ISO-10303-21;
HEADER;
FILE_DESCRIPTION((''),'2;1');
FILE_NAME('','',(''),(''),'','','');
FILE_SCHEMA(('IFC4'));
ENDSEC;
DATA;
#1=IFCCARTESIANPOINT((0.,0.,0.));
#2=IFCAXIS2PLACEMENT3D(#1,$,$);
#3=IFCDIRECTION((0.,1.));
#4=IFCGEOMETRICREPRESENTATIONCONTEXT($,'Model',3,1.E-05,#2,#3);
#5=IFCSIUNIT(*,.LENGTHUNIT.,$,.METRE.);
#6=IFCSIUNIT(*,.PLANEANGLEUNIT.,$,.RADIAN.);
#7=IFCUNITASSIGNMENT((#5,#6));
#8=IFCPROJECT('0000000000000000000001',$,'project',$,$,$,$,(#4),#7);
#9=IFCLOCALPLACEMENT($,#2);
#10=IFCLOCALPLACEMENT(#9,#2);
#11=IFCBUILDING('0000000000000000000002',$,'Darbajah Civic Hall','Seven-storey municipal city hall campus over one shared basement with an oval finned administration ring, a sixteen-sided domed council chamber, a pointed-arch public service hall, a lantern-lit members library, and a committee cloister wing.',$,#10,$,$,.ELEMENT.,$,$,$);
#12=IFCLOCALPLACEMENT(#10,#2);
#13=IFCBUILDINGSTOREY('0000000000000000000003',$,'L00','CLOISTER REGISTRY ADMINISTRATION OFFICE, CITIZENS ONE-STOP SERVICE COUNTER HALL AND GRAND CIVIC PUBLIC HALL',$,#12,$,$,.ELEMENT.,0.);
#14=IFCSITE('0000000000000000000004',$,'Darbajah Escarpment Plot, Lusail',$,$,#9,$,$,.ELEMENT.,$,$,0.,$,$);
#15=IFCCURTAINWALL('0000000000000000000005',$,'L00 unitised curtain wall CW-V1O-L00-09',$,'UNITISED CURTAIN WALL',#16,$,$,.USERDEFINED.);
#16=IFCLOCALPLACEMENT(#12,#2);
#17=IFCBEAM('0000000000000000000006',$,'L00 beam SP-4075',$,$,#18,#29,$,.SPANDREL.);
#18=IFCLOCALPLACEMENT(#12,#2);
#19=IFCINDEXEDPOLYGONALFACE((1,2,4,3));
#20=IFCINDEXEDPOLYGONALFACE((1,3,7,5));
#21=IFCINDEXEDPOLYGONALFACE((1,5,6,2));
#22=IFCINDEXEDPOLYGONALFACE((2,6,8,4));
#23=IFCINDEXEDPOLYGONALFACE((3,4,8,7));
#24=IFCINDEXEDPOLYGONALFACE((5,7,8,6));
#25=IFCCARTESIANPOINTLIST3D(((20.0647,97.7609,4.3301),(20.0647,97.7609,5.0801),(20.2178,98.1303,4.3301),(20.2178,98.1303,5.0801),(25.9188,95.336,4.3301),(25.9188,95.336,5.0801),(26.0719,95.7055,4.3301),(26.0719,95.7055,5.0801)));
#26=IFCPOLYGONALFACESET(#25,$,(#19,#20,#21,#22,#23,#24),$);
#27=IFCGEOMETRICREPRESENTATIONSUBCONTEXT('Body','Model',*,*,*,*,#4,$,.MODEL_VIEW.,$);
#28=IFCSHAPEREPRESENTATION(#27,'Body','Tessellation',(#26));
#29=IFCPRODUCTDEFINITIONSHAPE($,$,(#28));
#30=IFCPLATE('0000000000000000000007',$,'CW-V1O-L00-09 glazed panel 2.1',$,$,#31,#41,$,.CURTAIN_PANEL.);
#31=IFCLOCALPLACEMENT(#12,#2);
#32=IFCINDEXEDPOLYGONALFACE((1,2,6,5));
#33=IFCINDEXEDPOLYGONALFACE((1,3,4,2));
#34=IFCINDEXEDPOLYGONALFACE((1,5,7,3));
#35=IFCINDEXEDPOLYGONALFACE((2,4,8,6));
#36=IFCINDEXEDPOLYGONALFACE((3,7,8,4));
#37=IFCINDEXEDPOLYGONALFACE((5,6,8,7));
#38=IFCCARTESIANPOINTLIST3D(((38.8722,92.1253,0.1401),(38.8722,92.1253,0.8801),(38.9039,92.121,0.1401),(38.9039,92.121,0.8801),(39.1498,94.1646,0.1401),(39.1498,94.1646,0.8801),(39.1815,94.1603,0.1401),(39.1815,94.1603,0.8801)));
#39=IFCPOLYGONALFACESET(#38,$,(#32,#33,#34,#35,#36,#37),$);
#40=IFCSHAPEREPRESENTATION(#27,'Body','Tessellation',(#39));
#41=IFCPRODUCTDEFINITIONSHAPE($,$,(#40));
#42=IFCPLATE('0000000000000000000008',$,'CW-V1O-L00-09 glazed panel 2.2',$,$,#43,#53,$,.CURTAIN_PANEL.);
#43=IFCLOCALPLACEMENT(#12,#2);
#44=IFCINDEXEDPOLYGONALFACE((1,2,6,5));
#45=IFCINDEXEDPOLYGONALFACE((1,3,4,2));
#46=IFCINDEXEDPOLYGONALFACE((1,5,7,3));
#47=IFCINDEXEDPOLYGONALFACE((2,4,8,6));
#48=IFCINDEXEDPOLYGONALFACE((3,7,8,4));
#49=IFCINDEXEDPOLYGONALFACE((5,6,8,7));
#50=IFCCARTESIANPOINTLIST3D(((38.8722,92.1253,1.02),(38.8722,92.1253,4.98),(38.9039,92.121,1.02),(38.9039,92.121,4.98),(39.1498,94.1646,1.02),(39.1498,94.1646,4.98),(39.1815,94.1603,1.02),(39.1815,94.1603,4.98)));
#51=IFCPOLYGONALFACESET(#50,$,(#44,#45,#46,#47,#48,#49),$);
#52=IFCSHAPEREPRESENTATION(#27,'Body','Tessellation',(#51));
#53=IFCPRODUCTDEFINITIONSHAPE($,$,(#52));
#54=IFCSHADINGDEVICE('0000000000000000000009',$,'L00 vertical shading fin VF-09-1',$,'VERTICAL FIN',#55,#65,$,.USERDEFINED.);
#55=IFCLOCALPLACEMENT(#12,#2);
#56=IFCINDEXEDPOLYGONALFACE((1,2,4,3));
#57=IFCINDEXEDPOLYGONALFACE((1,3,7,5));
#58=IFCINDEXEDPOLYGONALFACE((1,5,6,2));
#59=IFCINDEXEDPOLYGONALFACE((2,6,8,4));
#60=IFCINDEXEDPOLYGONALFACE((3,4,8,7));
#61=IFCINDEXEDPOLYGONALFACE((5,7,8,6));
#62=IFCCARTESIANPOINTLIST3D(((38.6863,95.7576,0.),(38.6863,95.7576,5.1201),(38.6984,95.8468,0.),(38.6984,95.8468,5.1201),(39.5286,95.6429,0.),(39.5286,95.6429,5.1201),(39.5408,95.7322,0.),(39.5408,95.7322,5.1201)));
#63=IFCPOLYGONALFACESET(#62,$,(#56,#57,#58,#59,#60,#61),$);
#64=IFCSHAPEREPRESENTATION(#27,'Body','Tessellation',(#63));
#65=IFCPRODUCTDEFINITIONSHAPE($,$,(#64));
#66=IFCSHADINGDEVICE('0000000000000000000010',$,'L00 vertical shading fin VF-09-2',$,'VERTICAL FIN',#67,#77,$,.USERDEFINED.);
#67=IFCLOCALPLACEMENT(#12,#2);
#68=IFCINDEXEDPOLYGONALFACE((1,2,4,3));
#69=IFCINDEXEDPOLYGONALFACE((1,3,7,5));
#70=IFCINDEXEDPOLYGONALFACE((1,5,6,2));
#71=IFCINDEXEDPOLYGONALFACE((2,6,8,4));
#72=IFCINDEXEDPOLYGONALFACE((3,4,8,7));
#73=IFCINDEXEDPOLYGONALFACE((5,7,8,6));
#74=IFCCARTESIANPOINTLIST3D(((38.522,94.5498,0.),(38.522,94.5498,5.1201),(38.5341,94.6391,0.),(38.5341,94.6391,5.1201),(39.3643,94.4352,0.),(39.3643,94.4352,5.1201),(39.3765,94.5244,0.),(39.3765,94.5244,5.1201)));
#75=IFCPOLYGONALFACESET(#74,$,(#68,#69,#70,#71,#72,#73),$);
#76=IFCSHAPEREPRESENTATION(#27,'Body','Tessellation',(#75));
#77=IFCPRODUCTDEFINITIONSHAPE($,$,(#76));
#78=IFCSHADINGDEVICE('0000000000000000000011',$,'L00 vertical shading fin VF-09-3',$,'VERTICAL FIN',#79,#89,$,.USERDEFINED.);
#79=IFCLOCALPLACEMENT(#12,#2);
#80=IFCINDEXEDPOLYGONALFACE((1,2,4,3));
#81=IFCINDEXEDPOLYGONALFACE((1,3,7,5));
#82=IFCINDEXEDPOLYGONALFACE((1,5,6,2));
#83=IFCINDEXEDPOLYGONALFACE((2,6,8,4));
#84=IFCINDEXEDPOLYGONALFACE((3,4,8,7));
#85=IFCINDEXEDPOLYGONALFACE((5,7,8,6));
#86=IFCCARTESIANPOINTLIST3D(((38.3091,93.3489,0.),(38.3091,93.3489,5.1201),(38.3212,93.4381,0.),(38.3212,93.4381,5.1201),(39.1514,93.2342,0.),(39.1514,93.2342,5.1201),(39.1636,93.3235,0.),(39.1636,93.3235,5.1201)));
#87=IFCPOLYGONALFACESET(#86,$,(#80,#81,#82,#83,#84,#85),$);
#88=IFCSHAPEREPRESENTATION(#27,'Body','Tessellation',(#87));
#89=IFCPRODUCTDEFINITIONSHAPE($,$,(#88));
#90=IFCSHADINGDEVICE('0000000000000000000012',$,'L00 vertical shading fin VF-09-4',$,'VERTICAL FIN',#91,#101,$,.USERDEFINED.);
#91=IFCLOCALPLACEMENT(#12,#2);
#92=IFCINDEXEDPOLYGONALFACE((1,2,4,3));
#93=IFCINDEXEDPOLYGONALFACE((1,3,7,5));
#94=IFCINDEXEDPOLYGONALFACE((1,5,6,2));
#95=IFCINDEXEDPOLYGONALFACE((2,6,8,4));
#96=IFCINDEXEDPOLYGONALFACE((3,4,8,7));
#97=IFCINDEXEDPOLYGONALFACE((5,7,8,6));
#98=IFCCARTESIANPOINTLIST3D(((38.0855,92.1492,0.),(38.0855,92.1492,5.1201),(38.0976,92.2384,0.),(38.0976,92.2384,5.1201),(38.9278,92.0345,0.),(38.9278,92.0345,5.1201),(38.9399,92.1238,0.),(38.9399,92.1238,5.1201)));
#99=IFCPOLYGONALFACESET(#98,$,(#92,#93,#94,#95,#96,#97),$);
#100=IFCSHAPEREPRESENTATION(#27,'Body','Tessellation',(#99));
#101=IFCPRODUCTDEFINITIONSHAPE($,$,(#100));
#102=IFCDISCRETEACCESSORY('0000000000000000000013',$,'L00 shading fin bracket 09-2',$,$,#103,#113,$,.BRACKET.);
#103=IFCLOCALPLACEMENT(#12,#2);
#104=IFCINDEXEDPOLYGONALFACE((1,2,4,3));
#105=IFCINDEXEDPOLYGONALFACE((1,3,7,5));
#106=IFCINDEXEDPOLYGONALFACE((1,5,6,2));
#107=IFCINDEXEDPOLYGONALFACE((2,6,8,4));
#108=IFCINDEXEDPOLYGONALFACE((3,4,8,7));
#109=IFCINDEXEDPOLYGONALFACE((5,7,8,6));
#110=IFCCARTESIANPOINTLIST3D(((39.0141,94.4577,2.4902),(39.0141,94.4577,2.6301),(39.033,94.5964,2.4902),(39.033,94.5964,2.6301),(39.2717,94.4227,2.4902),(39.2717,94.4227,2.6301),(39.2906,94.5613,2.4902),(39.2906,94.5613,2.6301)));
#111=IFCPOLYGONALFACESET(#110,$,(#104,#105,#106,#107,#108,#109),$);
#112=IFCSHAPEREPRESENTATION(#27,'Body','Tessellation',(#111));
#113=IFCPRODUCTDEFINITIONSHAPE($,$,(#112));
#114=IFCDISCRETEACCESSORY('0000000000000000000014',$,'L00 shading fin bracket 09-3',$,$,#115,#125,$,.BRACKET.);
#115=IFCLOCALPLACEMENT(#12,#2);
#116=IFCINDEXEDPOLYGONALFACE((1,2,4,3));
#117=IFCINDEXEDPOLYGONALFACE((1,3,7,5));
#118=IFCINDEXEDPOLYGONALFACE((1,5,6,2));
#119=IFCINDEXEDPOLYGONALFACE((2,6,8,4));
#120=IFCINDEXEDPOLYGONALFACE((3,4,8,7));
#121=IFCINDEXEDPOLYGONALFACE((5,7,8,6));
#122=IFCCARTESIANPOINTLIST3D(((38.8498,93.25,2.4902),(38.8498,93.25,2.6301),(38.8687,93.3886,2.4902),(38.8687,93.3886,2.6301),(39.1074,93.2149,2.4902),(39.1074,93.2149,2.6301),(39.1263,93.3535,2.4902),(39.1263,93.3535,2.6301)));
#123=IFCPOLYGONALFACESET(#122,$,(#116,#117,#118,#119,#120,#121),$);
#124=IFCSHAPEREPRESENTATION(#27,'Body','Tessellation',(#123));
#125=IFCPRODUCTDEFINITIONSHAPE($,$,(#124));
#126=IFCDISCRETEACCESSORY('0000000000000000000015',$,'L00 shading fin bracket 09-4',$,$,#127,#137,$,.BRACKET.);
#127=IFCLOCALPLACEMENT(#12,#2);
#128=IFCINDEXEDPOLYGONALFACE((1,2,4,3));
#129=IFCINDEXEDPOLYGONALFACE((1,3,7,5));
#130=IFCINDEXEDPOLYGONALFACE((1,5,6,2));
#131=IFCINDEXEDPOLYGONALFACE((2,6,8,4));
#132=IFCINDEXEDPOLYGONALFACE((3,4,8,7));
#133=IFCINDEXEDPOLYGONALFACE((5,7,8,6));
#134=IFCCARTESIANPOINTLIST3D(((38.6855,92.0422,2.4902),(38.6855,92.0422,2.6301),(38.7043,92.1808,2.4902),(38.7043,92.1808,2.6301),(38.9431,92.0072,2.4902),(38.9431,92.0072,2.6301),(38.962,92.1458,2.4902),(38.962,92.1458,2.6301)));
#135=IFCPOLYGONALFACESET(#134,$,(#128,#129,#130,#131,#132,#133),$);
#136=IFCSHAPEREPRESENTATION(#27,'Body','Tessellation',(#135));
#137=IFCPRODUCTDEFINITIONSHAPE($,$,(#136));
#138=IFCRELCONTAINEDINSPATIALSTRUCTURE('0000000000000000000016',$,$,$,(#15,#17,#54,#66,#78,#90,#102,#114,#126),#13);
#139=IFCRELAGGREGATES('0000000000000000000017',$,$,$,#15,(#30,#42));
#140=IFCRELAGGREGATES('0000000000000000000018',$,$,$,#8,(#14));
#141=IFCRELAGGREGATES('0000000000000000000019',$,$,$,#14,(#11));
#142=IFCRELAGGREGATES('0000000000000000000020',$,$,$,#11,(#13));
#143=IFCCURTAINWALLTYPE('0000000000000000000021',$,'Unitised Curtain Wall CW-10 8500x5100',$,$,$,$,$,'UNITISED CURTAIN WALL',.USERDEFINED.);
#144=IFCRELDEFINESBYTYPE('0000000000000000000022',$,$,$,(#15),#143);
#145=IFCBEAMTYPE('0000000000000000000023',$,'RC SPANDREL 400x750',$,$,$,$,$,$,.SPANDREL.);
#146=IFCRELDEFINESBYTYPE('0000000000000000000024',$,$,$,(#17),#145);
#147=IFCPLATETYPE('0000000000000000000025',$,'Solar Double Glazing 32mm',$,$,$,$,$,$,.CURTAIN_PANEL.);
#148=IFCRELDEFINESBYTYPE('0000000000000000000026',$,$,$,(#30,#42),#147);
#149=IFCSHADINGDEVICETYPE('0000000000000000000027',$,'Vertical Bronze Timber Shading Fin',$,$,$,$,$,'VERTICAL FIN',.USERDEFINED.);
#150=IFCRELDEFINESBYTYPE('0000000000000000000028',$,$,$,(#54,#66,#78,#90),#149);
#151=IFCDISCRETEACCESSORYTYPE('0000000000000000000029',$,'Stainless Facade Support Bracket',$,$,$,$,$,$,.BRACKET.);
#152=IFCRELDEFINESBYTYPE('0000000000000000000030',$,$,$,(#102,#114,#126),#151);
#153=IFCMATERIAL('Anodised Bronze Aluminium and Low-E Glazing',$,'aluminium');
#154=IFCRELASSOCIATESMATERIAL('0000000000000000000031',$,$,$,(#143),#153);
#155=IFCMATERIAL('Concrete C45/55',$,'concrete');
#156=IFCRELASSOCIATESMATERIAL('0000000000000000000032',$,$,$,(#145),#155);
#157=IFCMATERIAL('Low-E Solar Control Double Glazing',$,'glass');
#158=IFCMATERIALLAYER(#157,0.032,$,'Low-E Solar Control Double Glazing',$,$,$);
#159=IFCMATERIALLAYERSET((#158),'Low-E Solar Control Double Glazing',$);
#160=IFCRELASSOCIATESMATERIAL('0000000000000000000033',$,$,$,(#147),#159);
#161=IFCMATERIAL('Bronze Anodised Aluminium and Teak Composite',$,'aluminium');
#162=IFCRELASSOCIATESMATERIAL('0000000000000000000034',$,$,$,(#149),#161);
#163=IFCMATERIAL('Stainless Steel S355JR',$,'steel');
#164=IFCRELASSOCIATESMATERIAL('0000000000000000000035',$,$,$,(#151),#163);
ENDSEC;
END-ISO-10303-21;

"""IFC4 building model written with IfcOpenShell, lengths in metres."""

from ifc_helpers import new_model, si_unit, direction, frame, origin, origin_2d, place, context, subcontext, project, spatial, rectangle, extrude, material, layer, layer_set, material_profile, profile_set, type_object, element, aggregate, save


model = new_model("IFC4")

# Units and contexts
model_context = context("Model", 3, precision=1e-05, world=origin(), true_north=direction((0.0, 1.0)))
body_context = subcontext(model_context, "Body", "Model", "MODEL_VIEW")
ifc_project = project(units=[si_unit("LENGTHUNIT", "METRE"), si_unit("PLANEANGLEUNIT", "RADIAN")], contexts=[model_context])

# Site, building, storey
site_placement = place(None, origin())
site = spatial("IfcSite", under=ifc_project, at=site_placement, Name="Darbajah Escarpment Plot, Lusail", CompositionType="ELEMENT", RefElevation=0.0)
building_placement = place(site_placement, origin())
building = spatial("IfcBuilding", under=site, at=building_placement, Name="Darbajah Civic Hall", Description="Seven-storey municipal city hall campus over one shared basement with an oval finned administration ring, a sixteen-sided domed council chamber, a pointed-arch public service hall, a lantern-lit members library, and a committee cloister wing.", CompositionType="ELEMENT")
storey_placement = place(building_placement, origin())
storey = spatial("IfcBuildingStorey", under=building, at=storey_placement, Name="L00", Description="CLOISTER REGISTRY ADMINISTRATION OFFICE, CITIZENS ONE-STOP SERVICE COUNTER HALL AND GRAND CIVIC PUBLIC HALL", CompositionType="ELEMENT", Elevation=0.0)

# Curtain wall
ifc_material_1 = material(Name="Anodised Bronze Aluminium and Low-E Glazing", Category="aluminium")
curtain_wall_type = type_object("IfcCurtainWallType", Name="Unitised Curtain Wall CW-10 8500x5100", ElementType="UNITISED CURTAIN WALL", PredefinedType="USERDEFINED", material=ifc_material_1)
curtain_wall_placement = place(storey_placement, origin())
curtain_wall = element("IfcCurtainWall", 1, at=curtain_wall_placement, inside=storey, type_object=curtain_wall_type, Name="L00 unitised curtain wall CW-V1O-L00-09", ObjectType="UNITISED CURTAIN WALL", PredefinedType="USERDEFINED")

# Beam
ifc_material_2 = material(Name="Concrete C45/55", Category="concrete")
ifc_material_profile_1 = material_profile(ifc_material_2, rectangle(XDim=0.3999, YDim=0.75, at=origin_2d()), Name="RC SPANDREL 400x750")
ifc_profile_set_1 = profile_set([ifc_material_profile_1], Name="Concrete C45/55")
beam_type = type_object("IfcBeamType", Name="RC SPANDREL 400x750", PredefinedType="SPANDREL", material=ifc_profile_set_1)
beam_placement = place(storey_placement, frame((25.9954, 95.5208, 4.7051), z_axis=(-0.92388, 0.382683, 0.0), x_axis=(-0.382683, -0.92388, 0.0)))
element("IfcBeam", 2, at=beam_placement, inside=storey, type_object=beam_type, Name="L00 beam SP-4075", PredefinedType="SPANDREL", context=body_context, shape_type="SweptSolid", body=[
    extrude(rectangle(XDim=0.3999, YDim=0.75, at=origin_2d()), origin(), (0.0, 0.0, 1.0), 6.3364),
])

# Plates
ifc_material_3 = material(Name="Low-E Solar Control Double Glazing", Category="glass")
ifc_layer = layer(ifc_material_3, 0.032, Name="Low-E Solar Control Double Glazing")
ifc_layer_set = layer_set([ifc_layer], Name="Low-E Solar Control Double Glazing")
plate_type = type_object("IfcPlateType", Name="Solar Double Glazing 32mm", PredefinedType="CURTAIN_PANEL", material=ifc_layer_set)
plate_1_placement = place(storey_placement, frame((39.0269, 93.1428, 0.1401), z_axis=(0.0, 0.0, 1.0), x_axis=(-0.134851, -0.990866, 0.0)))
plate_1 = element("IfcPlate", 3, at=plate_1_placement, type_object=plate_type, Name="CW-V1O-L00-09 glazed panel 2.1", PredefinedType="CURTAIN_PANEL", context=body_context, shape_type="SweptSolid", body=[
    extrude(rectangle(XDim=2.0581, YDim=0.032, at=origin_2d()), origin(), (0.0, 0.0, 1.0), 0.74),
])
plate_2_placement = place(storey_placement, frame((39.0269, 93.1428, 1.02), z_axis=(0.0, 0.0, 1.0), x_axis=(-0.134851, -0.990866, 0.0)))
plate_2 = element("IfcPlate", 4, at=plate_2_placement, type_object=plate_type, Name="CW-V1O-L00-09 glazed panel 2.2", PredefinedType="CURTAIN_PANEL", context=body_context, shape_type="SweptSolid", body=[
    extrude(rectangle(XDim=2.0581, YDim=0.032, at=origin_2d()), origin(), (0.0, 0.0, 1.0), 3.96),
])
aggregate(curtain_wall, [plate_1, plate_2])

# Shading devices
ifc_material_4 = material(Name="Bronze Anodised Aluminium and Teak Composite", Category="aluminium")
shading_device_type = type_object("IfcShadingDeviceType", Name="Vertical Bronze Timber Shading Fin", ElementType="VERTICAL FIN", PredefinedType="USERDEFINED", material=ifc_material_4)
for number, where, z_axis, x_axis, name in (
    (5, (39.1135, 95.7449, 0.0), (0.0, 0.0, 1.0), (-0.990866, 0.134851, 0.0), "L00 vertical shading fin VF-09-1"),
    (6, (38.9492, 94.5371, 0.0), (0.0, 0.0, 1.0), (-0.990866, 0.134851, 0.0), "L00 vertical shading fin VF-09-2"),
    (7, (38.7363, 93.3362, 0.0), (0.0, 0.0, 1.0), (-0.990866, 0.134851, 0.0), "L00 vertical shading fin VF-09-3"),
    (8, (38.5127, 92.1365, 0.0), (0.0, 0.0, 1.0), (-0.990866, 0.134851, 0.0), "L00 vertical shading fin VF-09-4"),
):
    element("IfcShadingDevice", number, at=place(storey_placement, frame(where, z_axis=z_axis, x_axis=x_axis)), inside=storey, type_object=shading_device_type, Name=name, ObjectType="VERTICAL FIN", PredefinedType="USERDEFINED", context=body_context, shape_type="SweptSolid", body=[
        extrude(rectangle(XDim=0.8501, YDim=0.0901, at=origin_2d()), origin(), (0.0, 0.0, 1.0), 5.1201),
    ])

# Discrete accessories
ifc_material_5 = material(Name="Stainless Steel S355JR", Category="steel")
discrete_accessory_type = type_object("IfcDiscreteAccessoryType", Name="Stainless Facade Support Bracket", PredefinedType="BRACKET", material=ifc_material_5)
for number, where, z_axis, x_axis, name in (
    (9, (39.1523, 94.5095, 2.4902), (0.0, 0.0, 1.0), (-0.990866, 0.134851, 0.0), "L00 shading fin bracket 09-2"),
    (10, (38.988, 93.3018, 2.4902), (0.0, 0.0, 1.0), (-0.990866, 0.134851, 0.0), "L00 shading fin bracket 09-3"),
    (11, (38.8237, 92.094, 2.4902), (0.0, 0.0, 1.0), (-0.990866, 0.134851, 0.0), "L00 shading fin bracket 09-4"),
):
    element("IfcDiscreteAccessory", number, at=place(storey_placement, frame(where, z_axis=z_axis, x_axis=x_axis)), inside=storey, type_object=discrete_accessory_type, Name=name, PredefinedType="BRACKET", context=body_context, shape_type="SweptSolid", body=[
        extrude(rectangle(XDim=0.26, YDim=0.1399, at=origin_2d()), origin(), (0.0, 0.0, 1.0), 0.1399),
    ])

save(model, "model.ifc")
